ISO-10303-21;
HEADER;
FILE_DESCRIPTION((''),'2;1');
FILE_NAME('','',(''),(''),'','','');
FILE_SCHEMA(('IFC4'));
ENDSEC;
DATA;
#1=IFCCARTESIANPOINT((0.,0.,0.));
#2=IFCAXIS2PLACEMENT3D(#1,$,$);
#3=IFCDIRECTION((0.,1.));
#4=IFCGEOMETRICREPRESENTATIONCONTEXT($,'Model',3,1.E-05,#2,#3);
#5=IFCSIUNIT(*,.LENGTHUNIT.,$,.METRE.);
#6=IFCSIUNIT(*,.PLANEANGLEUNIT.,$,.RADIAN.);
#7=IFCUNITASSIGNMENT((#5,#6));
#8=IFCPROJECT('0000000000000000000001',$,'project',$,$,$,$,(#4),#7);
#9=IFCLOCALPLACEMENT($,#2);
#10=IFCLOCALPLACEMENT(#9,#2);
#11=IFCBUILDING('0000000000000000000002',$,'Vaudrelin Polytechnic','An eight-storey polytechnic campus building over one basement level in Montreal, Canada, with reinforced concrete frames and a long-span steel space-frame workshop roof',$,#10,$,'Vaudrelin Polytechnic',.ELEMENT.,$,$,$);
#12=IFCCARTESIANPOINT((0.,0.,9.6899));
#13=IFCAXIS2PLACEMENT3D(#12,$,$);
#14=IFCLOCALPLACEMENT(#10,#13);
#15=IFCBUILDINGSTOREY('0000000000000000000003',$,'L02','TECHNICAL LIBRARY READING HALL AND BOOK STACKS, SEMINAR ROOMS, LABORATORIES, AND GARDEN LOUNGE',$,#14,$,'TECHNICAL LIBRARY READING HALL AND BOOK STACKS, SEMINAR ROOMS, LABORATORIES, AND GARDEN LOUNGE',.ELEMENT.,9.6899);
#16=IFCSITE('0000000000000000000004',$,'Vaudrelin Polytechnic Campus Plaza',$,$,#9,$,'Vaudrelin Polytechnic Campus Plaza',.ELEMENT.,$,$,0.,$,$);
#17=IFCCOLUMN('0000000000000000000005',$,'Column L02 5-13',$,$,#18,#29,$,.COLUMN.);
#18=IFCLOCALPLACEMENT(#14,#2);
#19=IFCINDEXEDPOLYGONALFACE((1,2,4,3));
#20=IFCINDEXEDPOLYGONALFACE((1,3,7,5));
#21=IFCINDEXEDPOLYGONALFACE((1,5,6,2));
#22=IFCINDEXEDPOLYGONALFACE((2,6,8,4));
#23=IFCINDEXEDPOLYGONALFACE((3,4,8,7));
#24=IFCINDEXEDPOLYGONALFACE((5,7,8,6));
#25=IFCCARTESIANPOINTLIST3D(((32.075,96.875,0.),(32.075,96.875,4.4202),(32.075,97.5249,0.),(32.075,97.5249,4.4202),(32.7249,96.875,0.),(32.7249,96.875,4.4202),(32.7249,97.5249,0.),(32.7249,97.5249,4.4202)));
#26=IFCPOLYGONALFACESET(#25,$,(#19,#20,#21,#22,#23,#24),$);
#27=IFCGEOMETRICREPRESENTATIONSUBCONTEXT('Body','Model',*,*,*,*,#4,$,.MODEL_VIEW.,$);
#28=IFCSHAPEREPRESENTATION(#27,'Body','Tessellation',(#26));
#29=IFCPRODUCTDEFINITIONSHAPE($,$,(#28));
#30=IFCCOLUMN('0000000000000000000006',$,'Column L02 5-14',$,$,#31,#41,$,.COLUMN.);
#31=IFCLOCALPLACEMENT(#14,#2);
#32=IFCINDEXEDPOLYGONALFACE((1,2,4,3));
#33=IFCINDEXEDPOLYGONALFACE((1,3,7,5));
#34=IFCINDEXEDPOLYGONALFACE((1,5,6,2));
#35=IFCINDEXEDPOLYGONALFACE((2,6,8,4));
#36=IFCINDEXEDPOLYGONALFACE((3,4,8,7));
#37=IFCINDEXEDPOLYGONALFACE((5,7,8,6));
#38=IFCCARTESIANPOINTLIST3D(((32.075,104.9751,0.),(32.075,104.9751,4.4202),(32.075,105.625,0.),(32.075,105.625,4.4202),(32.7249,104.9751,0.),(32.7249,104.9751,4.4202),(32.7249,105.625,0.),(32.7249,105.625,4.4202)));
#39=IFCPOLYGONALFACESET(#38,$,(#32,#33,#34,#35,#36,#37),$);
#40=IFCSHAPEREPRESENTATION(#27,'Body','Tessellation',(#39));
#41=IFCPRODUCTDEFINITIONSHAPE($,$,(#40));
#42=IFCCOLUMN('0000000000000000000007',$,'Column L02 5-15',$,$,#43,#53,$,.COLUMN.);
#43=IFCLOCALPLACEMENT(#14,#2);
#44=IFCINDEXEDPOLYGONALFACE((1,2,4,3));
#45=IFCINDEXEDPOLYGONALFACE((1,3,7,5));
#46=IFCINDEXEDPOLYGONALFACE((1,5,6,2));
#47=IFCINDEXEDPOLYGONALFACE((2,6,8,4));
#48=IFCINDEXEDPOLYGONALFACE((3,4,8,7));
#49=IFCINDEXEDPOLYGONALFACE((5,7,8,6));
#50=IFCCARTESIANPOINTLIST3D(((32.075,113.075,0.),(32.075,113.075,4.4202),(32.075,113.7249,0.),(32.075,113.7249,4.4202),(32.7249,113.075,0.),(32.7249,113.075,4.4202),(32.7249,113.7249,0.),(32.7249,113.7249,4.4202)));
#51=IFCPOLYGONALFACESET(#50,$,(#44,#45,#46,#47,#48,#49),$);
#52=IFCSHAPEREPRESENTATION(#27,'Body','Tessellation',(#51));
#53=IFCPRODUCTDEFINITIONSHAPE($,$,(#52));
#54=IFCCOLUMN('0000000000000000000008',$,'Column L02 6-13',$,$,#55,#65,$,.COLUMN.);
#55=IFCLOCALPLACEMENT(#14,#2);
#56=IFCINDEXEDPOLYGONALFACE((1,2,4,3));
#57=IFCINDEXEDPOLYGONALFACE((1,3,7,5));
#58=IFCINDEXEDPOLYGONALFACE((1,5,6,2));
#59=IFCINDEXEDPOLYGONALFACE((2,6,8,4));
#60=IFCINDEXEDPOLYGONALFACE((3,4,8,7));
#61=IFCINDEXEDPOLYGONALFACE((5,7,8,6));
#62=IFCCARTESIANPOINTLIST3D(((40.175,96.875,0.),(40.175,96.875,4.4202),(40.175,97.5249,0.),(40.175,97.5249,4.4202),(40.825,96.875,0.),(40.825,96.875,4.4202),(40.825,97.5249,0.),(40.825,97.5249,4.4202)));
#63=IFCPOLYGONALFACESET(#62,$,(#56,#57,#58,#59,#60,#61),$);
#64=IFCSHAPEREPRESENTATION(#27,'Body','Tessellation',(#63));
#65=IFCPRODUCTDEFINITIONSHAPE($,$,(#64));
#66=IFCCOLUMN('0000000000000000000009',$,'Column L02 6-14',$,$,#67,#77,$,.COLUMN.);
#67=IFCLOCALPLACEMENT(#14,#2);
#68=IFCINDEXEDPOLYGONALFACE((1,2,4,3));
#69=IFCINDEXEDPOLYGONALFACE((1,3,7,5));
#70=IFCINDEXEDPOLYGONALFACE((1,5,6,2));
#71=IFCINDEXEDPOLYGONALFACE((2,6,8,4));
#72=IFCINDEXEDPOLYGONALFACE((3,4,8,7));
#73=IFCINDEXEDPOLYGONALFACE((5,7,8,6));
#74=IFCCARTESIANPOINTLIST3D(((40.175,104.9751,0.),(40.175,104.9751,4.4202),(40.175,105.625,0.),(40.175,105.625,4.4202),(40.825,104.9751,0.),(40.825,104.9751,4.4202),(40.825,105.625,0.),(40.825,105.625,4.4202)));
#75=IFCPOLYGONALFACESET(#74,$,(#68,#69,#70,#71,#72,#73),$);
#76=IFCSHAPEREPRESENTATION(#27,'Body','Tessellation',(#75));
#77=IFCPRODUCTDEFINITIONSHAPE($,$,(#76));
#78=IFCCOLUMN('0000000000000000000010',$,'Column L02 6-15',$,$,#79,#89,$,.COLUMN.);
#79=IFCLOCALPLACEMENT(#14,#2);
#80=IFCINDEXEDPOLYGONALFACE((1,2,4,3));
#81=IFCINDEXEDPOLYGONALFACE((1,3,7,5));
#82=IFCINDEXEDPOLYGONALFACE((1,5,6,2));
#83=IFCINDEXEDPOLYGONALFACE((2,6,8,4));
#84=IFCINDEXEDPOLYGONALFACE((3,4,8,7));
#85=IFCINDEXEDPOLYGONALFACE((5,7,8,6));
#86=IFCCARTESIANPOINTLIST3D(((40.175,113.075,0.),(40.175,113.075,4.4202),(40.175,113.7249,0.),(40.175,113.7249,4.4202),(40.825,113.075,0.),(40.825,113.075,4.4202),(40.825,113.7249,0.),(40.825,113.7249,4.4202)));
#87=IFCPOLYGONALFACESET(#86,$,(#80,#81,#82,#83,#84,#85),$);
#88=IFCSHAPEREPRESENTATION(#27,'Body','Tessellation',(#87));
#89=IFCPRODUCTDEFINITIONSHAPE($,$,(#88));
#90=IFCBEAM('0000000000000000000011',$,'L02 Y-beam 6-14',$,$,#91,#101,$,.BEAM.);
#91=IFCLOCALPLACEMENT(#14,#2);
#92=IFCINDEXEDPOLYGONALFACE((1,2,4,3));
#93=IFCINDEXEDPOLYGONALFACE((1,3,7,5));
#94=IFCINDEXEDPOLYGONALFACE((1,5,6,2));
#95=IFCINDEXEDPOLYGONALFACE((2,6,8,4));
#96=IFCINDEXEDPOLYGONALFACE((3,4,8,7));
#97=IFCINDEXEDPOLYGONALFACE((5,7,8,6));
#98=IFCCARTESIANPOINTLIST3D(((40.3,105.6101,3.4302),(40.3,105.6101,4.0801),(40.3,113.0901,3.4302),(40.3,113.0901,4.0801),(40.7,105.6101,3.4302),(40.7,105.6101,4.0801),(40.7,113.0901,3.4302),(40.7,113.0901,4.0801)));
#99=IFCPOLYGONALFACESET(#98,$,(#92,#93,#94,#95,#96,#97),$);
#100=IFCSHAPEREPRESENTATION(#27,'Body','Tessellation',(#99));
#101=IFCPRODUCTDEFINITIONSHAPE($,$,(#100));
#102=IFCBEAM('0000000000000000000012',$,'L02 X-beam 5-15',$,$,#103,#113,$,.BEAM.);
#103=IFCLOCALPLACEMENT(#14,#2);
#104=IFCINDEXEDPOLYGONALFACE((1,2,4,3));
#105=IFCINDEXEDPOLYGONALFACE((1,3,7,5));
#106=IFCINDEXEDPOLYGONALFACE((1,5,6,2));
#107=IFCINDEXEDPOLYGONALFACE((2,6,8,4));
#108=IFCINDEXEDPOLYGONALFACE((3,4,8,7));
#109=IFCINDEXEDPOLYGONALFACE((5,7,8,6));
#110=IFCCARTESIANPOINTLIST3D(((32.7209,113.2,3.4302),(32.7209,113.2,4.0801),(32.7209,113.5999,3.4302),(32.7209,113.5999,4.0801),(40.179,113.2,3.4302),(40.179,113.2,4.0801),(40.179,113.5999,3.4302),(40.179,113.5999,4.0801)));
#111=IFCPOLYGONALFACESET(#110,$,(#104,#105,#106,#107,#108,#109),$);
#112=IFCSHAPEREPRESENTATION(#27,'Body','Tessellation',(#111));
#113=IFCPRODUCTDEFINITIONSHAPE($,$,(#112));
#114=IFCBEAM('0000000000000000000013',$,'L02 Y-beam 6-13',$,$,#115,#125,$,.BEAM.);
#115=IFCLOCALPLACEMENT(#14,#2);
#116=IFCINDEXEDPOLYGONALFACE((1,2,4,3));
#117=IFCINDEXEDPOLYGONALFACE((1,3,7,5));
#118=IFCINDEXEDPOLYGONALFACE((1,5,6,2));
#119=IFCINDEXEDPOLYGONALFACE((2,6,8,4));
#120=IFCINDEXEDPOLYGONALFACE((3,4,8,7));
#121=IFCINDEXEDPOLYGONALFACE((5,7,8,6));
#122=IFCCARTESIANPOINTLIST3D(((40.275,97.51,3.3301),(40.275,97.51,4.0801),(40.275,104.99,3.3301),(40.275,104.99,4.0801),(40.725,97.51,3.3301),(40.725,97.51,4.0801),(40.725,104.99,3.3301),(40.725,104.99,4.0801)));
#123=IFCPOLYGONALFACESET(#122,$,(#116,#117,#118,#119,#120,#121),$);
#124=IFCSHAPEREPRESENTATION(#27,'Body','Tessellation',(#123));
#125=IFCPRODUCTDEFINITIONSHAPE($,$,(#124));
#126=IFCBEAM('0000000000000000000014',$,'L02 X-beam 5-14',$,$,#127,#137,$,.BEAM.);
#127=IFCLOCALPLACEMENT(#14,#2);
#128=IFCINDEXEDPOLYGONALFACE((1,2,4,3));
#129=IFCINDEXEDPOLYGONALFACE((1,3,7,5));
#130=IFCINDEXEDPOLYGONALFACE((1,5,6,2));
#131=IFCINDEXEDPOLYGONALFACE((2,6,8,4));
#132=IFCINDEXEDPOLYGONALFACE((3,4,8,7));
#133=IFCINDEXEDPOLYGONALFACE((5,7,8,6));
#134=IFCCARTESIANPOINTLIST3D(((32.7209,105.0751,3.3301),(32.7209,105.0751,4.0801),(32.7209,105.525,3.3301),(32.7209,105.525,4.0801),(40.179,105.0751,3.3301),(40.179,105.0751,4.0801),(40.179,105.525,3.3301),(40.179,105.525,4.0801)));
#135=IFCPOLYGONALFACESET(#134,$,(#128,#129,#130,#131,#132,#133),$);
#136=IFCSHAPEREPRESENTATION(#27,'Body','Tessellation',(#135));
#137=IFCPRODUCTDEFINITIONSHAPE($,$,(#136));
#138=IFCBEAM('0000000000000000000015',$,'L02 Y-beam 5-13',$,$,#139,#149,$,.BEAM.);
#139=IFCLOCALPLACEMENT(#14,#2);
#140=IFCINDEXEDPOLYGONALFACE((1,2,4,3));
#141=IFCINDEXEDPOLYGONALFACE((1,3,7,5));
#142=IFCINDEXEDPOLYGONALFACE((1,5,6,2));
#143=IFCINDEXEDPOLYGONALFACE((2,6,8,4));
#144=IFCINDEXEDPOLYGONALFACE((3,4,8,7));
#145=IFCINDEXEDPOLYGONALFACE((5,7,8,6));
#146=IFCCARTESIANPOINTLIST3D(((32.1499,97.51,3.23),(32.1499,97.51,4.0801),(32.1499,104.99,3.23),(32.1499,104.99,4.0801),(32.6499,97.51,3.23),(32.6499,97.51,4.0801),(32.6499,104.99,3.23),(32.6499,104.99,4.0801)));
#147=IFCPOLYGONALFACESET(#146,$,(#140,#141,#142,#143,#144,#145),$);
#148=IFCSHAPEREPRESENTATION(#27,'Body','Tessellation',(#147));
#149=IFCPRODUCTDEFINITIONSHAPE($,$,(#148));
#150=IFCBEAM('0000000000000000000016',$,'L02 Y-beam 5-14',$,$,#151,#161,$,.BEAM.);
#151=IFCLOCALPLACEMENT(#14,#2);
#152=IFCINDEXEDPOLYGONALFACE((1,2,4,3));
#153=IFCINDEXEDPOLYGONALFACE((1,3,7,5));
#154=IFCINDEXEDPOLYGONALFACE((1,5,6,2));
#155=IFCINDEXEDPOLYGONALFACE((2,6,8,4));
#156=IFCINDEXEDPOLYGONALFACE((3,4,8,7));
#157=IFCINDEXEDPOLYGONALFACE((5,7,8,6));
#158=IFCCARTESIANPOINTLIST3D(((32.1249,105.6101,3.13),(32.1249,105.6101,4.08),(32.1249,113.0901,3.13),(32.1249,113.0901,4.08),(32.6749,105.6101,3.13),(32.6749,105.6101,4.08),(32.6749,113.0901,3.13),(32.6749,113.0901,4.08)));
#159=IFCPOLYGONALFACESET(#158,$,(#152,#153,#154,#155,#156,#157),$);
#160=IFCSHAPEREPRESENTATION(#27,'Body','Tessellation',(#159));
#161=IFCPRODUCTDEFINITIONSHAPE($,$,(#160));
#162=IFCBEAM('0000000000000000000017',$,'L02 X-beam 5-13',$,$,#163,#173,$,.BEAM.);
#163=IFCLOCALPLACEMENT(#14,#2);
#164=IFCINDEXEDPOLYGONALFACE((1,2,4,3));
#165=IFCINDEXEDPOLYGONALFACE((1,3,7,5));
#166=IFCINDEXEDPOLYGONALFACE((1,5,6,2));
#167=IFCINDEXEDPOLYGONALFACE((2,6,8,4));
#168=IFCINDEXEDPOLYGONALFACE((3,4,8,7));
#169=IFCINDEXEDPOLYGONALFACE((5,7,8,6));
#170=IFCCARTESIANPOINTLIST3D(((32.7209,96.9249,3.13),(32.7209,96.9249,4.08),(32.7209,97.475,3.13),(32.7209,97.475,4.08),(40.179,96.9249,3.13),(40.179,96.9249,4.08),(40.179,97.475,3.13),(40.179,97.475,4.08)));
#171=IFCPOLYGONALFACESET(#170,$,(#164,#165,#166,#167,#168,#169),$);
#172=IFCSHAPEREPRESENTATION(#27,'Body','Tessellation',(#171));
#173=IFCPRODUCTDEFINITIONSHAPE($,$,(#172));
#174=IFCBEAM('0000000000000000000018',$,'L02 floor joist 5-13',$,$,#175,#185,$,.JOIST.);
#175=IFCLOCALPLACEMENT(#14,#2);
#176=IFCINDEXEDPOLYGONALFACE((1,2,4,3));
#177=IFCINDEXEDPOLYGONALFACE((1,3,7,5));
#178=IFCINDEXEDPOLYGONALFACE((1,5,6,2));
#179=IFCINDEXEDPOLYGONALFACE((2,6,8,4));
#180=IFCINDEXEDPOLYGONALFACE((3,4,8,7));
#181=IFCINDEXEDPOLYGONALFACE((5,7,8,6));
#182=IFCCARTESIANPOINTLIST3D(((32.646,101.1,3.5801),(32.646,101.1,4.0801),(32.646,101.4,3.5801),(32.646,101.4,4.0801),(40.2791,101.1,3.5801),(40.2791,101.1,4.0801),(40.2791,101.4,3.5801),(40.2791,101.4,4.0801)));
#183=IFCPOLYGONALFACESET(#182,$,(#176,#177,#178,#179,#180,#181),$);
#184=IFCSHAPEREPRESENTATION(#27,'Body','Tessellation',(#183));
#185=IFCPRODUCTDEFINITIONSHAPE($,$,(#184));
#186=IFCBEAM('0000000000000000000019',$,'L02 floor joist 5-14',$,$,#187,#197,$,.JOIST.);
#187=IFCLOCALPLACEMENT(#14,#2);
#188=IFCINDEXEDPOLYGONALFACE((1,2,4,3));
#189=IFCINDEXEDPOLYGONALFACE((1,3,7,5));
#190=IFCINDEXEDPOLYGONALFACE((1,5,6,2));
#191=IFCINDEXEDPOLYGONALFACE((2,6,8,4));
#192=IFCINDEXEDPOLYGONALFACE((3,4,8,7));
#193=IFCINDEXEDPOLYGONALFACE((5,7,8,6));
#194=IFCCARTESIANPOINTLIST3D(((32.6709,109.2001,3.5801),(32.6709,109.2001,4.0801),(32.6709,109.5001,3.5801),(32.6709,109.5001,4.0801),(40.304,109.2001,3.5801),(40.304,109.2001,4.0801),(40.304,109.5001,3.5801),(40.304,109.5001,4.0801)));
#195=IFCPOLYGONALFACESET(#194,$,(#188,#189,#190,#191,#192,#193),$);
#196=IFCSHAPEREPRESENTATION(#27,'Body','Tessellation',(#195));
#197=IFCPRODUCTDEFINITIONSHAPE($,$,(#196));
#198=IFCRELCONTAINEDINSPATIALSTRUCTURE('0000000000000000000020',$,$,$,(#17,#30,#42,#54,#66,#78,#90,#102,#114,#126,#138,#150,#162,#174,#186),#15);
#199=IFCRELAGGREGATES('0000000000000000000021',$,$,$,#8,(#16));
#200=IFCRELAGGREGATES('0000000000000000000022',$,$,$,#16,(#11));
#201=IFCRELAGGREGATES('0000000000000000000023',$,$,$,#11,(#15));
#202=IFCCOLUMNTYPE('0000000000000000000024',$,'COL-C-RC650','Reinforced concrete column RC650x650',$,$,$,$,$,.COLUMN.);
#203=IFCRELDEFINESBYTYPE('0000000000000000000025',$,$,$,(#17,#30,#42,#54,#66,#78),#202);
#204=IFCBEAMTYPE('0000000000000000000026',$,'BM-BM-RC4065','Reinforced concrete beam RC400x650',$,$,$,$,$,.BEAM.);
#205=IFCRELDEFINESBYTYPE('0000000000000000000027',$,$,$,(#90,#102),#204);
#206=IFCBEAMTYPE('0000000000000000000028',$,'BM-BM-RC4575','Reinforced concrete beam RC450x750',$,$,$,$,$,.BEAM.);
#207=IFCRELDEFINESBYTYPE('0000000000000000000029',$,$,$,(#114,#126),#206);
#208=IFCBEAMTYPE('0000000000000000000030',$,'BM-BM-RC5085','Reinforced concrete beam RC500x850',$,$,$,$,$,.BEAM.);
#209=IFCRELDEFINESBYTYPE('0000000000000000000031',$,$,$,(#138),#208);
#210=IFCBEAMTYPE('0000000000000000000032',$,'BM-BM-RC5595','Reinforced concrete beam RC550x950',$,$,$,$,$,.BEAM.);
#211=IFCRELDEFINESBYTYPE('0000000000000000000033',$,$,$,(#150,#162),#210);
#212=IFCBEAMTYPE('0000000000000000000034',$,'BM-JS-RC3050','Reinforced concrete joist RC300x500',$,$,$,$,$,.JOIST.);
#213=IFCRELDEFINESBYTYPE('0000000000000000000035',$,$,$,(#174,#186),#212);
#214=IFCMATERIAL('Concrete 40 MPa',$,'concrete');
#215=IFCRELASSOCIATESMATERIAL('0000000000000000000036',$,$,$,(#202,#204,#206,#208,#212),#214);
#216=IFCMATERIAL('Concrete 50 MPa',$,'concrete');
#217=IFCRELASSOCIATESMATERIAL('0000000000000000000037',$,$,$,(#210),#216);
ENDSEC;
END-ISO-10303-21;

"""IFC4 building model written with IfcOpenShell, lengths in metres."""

from ifc_helpers import new_model, si_unit, direction, frame, origin, origin_2d, place, context, subcontext, project, spatial, rectangle, extrude, material, material_profile, profile_set, type_object, element, save


model = new_model("IFC4")

# Units and contexts
model_context = context("Model", 3, precision=1e-05, world=origin(), true_north=direction((0.0, 1.0)))
body_context = subcontext(model_context, "Body", "Model", "MODEL_VIEW")
ifc_project = project(units=[si_unit("LENGTHUNIT", "METRE"), si_unit("PLANEANGLEUNIT", "RADIAN")], contexts=[model_context])

# Site, building, storey
site_placement = place(None, origin())
site = spatial("IfcSite", under=ifc_project, at=site_placement, Name="Vaudrelin Polytechnic Campus Plaza", LongName="Vaudrelin Polytechnic Campus Plaza", CompositionType="ELEMENT", RefElevation=0.0)
building_placement = place(site_placement, origin())
building = spatial("IfcBuilding", under=site, at=building_placement, Name="Vaudrelin Polytechnic", Description="An eight-storey polytechnic campus building over one basement level in Montreal, Canada, with reinforced concrete frames and a long-span steel space-frame workshop roof", LongName="Vaudrelin Polytechnic", CompositionType="ELEMENT")
storey_placement = place(building_placement, frame((0.0, 0.0, 9.6899)))
storey = spatial("IfcBuildingStorey", under=building, at=storey_placement, Name="L02", Description="TECHNICAL LIBRARY READING HALL AND BOOK STACKS, SEMINAR ROOMS, LABORATORIES, AND GARDEN LOUNGE", LongName="TECHNICAL LIBRARY READING HALL AND BOOK STACKS, SEMINAR ROOMS, LABORATORIES, AND GARDEN LOUNGE", CompositionType="ELEMENT", Elevation=9.6899)

# Columns
ifc_material_1 = material(Name="Concrete 40 MPa", Category="concrete")
ifc_material_profile_1 = material_profile(ifc_material_1, rectangle(XDim=0.6499, YDim=0.6499, at=origin_2d()), Name="RC650x650")
ifc_profile_set_1 = profile_set([ifc_material_profile_1], Name="Concrete 40 MPa")
column_type = type_object("IfcColumnType", Name="COL-C-RC650", Description="Reinforced concrete column RC650x650", PredefinedType="COLUMN", material=ifc_profile_set_1)
for number, where, z_axis, x_axis, name in (
    (1, (32.3999, 97.2, 0.0), (0.0, 0.0, 1.0), (1.0, 0.0, 0.0), "Column L02 5-13"),
    (2, (32.3999, 105.3, 0.0), (0.0, 0.0, 1.0), (1.0, 0.0, 0.0), "Column L02 5-14"),
    (3, (32.3999, 113.3999, 0.0), (0.0, 0.0, 1.0), (1.0, 0.0, 0.0), "Column L02 5-15"),
    (4, (40.5, 97.2, 0.0), (0.0, 0.0, 1.0), (1.0, 0.0, 0.0), "Column L02 6-13"),
    (5, (40.5, 105.3, 0.0), (0.0, 0.0, 1.0), (1.0, 0.0, 0.0), "Column L02 6-14"),
    (6, (40.5, 113.3999, 0.0), (0.0, 0.0, 1.0), (1.0, 0.0, 0.0), "Column L02 6-15"),
):
    element("IfcColumn", number, at=place(storey_placement, frame(where, z_axis=z_axis, x_axis=x_axis)), inside=storey, type_object=column_type, Name=name, PredefinedType="COLUMN", context=body_context, shape_type="SweptSolid", body=[
        extrude(rectangle(XDim=0.6499, YDim=0.6499, at=origin_2d()), origin(), (0.0, 0.0, 1.0), 4.4202),
    ])

# Beams
ifc_material_profile_2 = material_profile(ifc_material_1, rectangle(XDim=0.3999, YDim=0.6499, at=origin_2d()), Name="RC400x650")
ifc_profile_set_2 = profile_set([ifc_material_profile_2], Name="Concrete 40 MPa")
beam_type_1 = type_object("IfcBeamType", Name="BM-BM-RC4065", Description="Reinforced concrete beam RC400x650", PredefinedType="BEAM", material=ifc_profile_set_2)
beam_1_placement = place(storey_placement, frame((40.5, 105.6101, 3.7551), z_axis=(0.0, 1.0, 0.0), x_axis=(-1.0, 0.0, 0.0)))
element("IfcBeam", 7, at=beam_1_placement, inside=storey, type_object=beam_type_1, Name="L02 Y-beam 6-14", PredefinedType="BEAM", context=body_context, shape_type="SweptSolid", body=[
    extrude(rectangle(XDim=0.3999, YDim=0.6499, at=origin_2d()), origin(), (0.0, 0.0, 1.0), 7.48),
])
beam_2_placement = place(storey_placement, frame((32.7209, 113.3999, 3.7551), z_axis=(1.0, 0.0, 0.0), x_axis=(0.0, 1.0, 0.0)))
element("IfcBeam", 8, at=beam_2_placement, inside=storey, type_object=beam_type_1, Name="L02 X-beam 5-15", PredefinedType="BEAM", context=body_context, shape_type="SweptSolid", body=[
    extrude(rectangle(XDim=0.3999, YDim=0.6499, at=origin_2d()), origin(), (0.0, 0.0, 1.0), 7.458),
])
ifc_material_profile_3 = material_profile(ifc_material_1, rectangle(XDim=0.45, YDim=0.75, at=origin_2d()), Name="RC450x750")
ifc_profile_set_3 = profile_set([ifc_material_profile_3], Name="Concrete 40 MPa")
beam_type_2 = type_object("IfcBeamType", Name="BM-BM-RC4575", Description="Reinforced concrete beam RC450x750", PredefinedType="BEAM", material=ifc_profile_set_3)
beam_3_placement = place(storey_placement, frame((40.5, 97.51, 3.7051), z_axis=(0.0, 1.0, 0.0), x_axis=(-1.0, 0.0, 0.0)))
element("IfcBeam", 9, at=beam_3_placement, inside=storey, type_object=beam_type_2, Name="L02 Y-beam 6-13", PredefinedType="BEAM", context=body_context, shape_type="SweptSolid", body=[
    extrude(rectangle(XDim=0.45, YDim=0.75, at=origin_2d()), origin(), (0.0, 0.0, 1.0), 7.48),
])
beam_4_placement = place(storey_placement, frame((32.7209, 105.3, 3.7051), z_axis=(1.0, 0.0, 0.0), x_axis=(0.0, 1.0, 0.0)))
element("IfcBeam", 10, at=beam_4_placement, inside=storey, type_object=beam_type_2, Name="L02 X-beam 5-14", PredefinedType="BEAM", context=body_context, shape_type="SweptSolid", body=[
    extrude(rectangle(XDim=0.45, YDim=0.75, at=origin_2d()), origin(), (0.0, 0.0, 1.0), 7.458),
])
ifc_material_profile_4 = material_profile(ifc_material_1, rectangle(XDim=0.5, YDim=0.8501, at=origin_2d()), Name="RC500x850")
ifc_profile_set_4 = profile_set([ifc_material_profile_4], Name="Concrete 40 MPa")
beam_type_3 = type_object("IfcBeamType", Name="BM-BM-RC5085", Description="Reinforced concrete beam RC500x850", PredefinedType="BEAM", material=ifc_profile_set_4)
beam_5_placement = place(storey_placement, frame((32.3999, 97.51, 3.655), z_axis=(0.0, 1.0, 0.0), x_axis=(-1.0, 0.0, 0.0)))
element("IfcBeam", 11, at=beam_5_placement, inside=storey, type_object=beam_type_3, Name="L02 Y-beam 5-13", PredefinedType="BEAM", context=body_context, shape_type="SweptSolid", body=[
    extrude(rectangle(XDim=0.5, YDim=0.8501, at=origin_2d()), origin(), (0.0, 0.0, 1.0), 7.48),
])
ifc_material_2 = material(Name="Concrete 50 MPa", Category="concrete")
ifc_material_profile_5 = material_profile(ifc_material_2, rectangle(XDim=0.55, YDim=0.95, at=origin_2d()), Name="RC550x950")
ifc_profile_set_5 = profile_set([ifc_material_profile_5], Name="Concrete 50 MPa")
beam_type_4 = type_object("IfcBeamType", Name="BM-BM-RC5595", Description="Reinforced concrete beam RC550x950", PredefinedType="BEAM", material=ifc_profile_set_5)
beam_6_placement = place(storey_placement, frame((32.3999, 105.6101, 3.605), z_axis=(0.0, 1.0, 0.0), x_axis=(-1.0, 0.0, 0.0)))
element("IfcBeam", 12, at=beam_6_placement, inside=storey, type_object=beam_type_4, Name="L02 Y-beam 5-14", PredefinedType="BEAM", context=body_context, shape_type="SweptSolid", body=[
    extrude(rectangle(XDim=0.55, YDim=0.95, at=origin_2d()), origin(), (0.0, 0.0, 1.0), 7.48),
])
beam_7_placement = place(storey_placement, frame((32.7209, 97.2, 3.605), z_axis=(1.0, 0.0, 0.0), x_axis=(0.0, 1.0, 0.0)))
element("IfcBeam", 13, at=beam_7_placement, inside=storey, type_object=beam_type_4, Name="L02 X-beam 5-13", PredefinedType="BEAM", context=body_context, shape_type="SweptSolid", body=[
    extrude(rectangle(XDim=0.55, YDim=0.95, at=origin_2d()), origin(), (0.0, 0.0, 1.0), 7.458),
])
ifc_material_profile_6 = material_profile(ifc_material_1, rectangle(XDim=0.3, YDim=0.5, at=origin_2d()), Name="RC300x500")
ifc_profile_set_6 = profile_set([ifc_material_profile_6], Name="Concrete 40 MPa")
beam_type_5 = type_object("IfcBeamType", Name="BM-JS-RC3050", Description="Reinforced concrete joist RC300x500", PredefinedType="JOIST", material=ifc_profile_set_6)
for number, where, z_axis, x_axis, name in (
    (14, (32.646, 101.25, 3.8301), (1.0, 0.0, 0.0), (0.0, 1.0, 0.0), "L02 floor joist 5-13"),
    (15, (32.6709, 109.3501, 3.8301), (1.0, 0.0, 0.0), (0.0, 1.0, 0.0), "L02 floor joist 5-14"),
):
    element("IfcBeam", number, at=place(storey_placement, frame(where, z_axis=z_axis, x_axis=x_axis)), inside=storey, type_object=beam_type_5, Name=name, PredefinedType="JOIST", context=body_context, shape_type="SweptSolid", body=[
        extrude(rectangle(XDim=0.3, YDim=0.5, at=origin_2d()), origin(), (0.0, 0.0, 1.0), 7.6331),
    ])

save(model, "model.ifc")
